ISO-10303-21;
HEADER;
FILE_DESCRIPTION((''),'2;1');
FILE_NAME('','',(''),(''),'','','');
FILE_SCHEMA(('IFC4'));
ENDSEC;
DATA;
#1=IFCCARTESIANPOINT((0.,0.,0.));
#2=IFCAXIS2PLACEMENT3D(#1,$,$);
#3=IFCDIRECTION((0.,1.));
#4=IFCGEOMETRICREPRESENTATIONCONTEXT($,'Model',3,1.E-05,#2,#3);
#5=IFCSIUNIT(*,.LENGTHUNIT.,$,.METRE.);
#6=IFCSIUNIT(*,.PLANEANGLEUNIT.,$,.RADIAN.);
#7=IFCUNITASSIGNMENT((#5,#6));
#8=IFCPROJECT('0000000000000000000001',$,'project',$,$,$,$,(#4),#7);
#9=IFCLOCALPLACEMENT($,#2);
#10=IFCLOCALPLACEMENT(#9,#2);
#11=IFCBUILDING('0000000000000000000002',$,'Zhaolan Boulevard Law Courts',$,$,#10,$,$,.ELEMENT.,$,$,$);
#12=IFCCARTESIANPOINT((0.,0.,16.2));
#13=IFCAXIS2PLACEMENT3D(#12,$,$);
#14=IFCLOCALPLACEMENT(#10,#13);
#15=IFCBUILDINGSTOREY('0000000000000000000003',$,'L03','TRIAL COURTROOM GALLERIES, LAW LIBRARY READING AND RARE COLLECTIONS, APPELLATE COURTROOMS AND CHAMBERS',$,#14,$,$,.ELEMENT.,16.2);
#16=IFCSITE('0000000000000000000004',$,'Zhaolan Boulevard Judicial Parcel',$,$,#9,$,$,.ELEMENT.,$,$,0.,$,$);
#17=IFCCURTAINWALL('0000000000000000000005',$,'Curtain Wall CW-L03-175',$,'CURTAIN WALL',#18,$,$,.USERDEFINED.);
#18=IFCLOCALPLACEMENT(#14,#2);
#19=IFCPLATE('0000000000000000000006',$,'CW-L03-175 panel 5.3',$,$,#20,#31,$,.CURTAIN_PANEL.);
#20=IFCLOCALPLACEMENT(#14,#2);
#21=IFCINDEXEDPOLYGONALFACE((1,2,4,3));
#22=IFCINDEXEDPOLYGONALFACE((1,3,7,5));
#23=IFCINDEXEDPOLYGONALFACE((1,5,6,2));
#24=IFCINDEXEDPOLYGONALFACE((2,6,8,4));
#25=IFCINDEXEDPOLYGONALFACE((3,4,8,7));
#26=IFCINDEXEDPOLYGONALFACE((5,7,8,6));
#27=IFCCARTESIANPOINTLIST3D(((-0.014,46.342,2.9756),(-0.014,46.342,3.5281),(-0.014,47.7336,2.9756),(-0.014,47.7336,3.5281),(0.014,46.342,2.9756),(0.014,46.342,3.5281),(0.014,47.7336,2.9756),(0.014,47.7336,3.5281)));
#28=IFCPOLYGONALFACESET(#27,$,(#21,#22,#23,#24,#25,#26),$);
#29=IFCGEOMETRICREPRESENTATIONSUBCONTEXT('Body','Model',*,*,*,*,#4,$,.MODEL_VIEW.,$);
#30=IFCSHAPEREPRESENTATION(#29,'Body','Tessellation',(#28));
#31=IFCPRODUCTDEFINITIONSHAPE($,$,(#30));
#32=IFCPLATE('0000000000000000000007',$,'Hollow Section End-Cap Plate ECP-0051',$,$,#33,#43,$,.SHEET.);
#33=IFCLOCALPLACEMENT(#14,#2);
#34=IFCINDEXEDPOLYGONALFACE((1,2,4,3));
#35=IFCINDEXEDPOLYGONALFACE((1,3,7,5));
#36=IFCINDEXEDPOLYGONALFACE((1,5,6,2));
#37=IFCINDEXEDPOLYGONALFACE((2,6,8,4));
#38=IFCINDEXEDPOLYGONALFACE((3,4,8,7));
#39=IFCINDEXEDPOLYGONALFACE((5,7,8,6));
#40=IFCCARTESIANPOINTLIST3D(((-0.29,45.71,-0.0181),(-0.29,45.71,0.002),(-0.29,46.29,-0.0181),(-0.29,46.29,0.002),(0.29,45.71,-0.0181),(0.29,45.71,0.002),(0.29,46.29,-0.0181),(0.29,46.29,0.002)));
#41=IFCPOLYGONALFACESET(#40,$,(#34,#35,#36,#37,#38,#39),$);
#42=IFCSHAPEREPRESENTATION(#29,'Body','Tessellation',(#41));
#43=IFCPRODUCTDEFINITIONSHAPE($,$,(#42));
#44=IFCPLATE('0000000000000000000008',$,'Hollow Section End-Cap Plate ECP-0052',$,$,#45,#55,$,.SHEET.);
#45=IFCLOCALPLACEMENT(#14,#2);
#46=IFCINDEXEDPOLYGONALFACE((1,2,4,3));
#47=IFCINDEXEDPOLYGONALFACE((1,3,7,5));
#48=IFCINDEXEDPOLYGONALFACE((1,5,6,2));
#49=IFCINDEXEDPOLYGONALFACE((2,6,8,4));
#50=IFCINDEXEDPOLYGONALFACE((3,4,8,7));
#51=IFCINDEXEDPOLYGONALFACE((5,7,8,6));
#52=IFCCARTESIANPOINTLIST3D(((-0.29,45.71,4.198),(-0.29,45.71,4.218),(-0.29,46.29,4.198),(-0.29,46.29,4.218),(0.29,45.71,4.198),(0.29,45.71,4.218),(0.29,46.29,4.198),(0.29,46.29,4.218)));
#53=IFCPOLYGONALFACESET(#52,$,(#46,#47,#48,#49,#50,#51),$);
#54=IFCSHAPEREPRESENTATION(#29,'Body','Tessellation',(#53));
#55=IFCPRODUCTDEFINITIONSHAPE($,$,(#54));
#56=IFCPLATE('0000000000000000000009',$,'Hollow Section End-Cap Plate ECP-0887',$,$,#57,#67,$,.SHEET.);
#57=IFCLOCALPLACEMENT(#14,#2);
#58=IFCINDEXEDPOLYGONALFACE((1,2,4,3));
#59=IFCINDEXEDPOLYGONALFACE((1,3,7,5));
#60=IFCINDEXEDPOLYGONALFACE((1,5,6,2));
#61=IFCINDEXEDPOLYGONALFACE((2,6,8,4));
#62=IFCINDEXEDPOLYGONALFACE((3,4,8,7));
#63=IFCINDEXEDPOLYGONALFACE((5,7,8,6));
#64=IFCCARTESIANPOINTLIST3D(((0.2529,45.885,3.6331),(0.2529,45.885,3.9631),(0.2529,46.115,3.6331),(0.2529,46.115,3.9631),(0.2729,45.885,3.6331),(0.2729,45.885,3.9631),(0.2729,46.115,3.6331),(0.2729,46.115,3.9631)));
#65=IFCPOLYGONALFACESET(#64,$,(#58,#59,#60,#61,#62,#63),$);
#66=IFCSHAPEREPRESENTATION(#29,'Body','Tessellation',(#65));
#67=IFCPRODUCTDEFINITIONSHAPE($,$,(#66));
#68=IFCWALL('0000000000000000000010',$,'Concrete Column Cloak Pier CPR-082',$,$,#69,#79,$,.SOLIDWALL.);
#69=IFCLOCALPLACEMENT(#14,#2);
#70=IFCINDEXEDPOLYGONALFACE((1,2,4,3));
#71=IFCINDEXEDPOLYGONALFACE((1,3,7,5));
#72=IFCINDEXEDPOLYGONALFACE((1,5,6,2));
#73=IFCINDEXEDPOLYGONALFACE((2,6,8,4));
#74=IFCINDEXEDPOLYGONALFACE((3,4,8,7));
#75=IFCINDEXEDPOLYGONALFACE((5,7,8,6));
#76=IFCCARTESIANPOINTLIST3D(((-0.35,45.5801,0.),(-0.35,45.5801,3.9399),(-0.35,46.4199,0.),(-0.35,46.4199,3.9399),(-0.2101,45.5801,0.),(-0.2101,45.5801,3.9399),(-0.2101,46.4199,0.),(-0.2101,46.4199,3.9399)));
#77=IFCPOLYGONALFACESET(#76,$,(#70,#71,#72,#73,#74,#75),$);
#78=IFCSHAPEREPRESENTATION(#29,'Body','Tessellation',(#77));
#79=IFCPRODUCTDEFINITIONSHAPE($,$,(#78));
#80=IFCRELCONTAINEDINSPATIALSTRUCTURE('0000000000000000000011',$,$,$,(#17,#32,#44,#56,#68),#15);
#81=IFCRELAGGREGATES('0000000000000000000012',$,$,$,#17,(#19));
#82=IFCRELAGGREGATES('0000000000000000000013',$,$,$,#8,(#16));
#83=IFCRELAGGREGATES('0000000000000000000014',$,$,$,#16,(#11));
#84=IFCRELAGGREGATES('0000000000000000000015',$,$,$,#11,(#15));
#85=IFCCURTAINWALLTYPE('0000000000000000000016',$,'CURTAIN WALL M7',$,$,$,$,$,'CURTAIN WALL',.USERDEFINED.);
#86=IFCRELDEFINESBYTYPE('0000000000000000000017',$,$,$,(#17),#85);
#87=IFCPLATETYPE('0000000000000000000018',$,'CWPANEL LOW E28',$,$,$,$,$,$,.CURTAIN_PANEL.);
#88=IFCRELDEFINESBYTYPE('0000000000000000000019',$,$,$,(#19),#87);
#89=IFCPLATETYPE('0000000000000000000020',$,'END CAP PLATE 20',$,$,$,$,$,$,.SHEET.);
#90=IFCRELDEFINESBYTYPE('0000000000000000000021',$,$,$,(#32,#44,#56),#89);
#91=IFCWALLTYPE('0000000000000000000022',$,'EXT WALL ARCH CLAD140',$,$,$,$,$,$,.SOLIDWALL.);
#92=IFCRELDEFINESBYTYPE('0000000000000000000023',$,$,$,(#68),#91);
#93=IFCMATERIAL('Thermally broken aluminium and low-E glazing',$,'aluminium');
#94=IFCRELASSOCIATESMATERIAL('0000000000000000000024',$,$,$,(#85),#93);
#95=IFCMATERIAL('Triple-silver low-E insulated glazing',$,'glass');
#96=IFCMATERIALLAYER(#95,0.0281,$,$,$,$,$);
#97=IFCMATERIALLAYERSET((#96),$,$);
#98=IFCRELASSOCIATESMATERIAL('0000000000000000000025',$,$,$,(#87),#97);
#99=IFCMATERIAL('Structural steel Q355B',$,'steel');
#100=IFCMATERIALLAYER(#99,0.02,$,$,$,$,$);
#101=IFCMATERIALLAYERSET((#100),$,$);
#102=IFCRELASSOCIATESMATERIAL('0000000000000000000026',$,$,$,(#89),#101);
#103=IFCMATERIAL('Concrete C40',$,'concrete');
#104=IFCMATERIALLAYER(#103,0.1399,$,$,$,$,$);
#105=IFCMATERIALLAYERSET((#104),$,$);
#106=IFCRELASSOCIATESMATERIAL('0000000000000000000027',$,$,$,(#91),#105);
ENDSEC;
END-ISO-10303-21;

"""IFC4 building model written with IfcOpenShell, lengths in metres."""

from ifc_helpers import new_model, si_unit, direction, frame, frame_2d, origin, origin_2d, place, context, subcontext, project, spatial, rectangle, extrude, material, layer, layer_set, type_object, element, aggregate, save


model = new_model("IFC4")

# Units and contexts
model_context = context("Model", 3, precision=1e-05, world=origin(), true_north=direction((0.0, 1.0)))
body_context = subcontext(model_context, "Body", "Model", "MODEL_VIEW")
ifc_project = project(units=[si_unit("LENGTHUNIT", "METRE"), si_unit("PLANEANGLEUNIT", "RADIAN")], contexts=[model_context])

# Site, building, storey
site_placement = place(None, origin())
site = spatial("IfcSite", under=ifc_project, at=site_placement, Name="Zhaolan Boulevard Judicial Parcel", CompositionType="ELEMENT", RefElevation=0.0)
building_placement = place(site_placement, origin())
building = spatial("IfcBuilding", under=site, at=building_placement, Name="Zhaolan Boulevard Law Courts", CompositionType="ELEMENT")
storey_placement = place(building_placement, frame((0.0, 0.0, 16.2)))
storey = spatial("IfcBuildingStorey", under=building, at=storey_placement, Name="L03", Description="TRIAL COURTROOM GALLERIES, LAW LIBRARY READING AND RARE COLLECTIONS, APPELLATE COURTROOMS AND CHAMBERS", CompositionType="ELEMENT", Elevation=16.2)

# Curtain wall
ifc_material_1 = material(Name="Thermally broken aluminium and low-E glazing", Category="aluminium")
curtain_wall_type_1 = type_object("IfcCurtainWallType", Name="CURTAIN WALL M7", ElementType="CURTAIN WALL", PredefinedType="USERDEFINED", material=ifc_material_1)
curtain_wall_1_placement = place(storey_placement, origin())
curtain_wall_1 = element("IfcCurtainWall", 1, at=curtain_wall_1_placement, inside=storey, type_object=curtain_wall_type_1, Name="Curtain Wall CW-L03-175", ObjectType="CURTAIN WALL", PredefinedType="USERDEFINED")

# Plate
ifc_material_2 = material(Name="Triple-silver low-E insulated glazing", Category="glass")
ifc_layer_1 = layer(ifc_material_2, 0.0281)
ifc_layer_set_1 = layer_set([ifc_layer_1])
plate_type_1 = type_object("IfcPlateType", Name="CWPANEL LOW E28", PredefinedType="CURTAIN_PANEL", material=ifc_layer_set_1)
plate_1_placement = place(storey_placement, frame((0.0, 47.0378, 2.9756), z_axis=(0.0, 0.0, 1.0), x_axis=(0.0, -1.0, 0.0)))
plate_1 = element("IfcPlate", 2, at=plate_1_placement, type_object=plate_type_1, Name="CW-L03-175 panel 5.3", PredefinedType="CURTAIN_PANEL", context=body_context, shape_type="SweptSolid", body=[
    extrude(rectangle(XDim=1.3916, YDim=0.0281, at=origin_2d()), origin(), (0.0, 0.0, 1.0), 0.5525),
])
aggregate(curtain_wall_1, [plate_1])

# Plates
ifc_material_3 = material(Name="Structural steel Q355B", Category="steel")
ifc_layer_2 = layer(ifc_material_3, 0.02)
ifc_layer_set_2 = layer_set([ifc_layer_2])
plate_type_2 = type_object("IfcPlateType", Name="END CAP PLATE 20", PredefinedType="SHEET", material=ifc_layer_set_2)
for number, where, z_axis, x_axis, name in (
    (3, (0.0, 46.0, -0.0181), (0.0, 0.0, 1.0), (1.0, 0.0, 0.0), "Hollow Section End-Cap Plate ECP-0051"),
    (4, (0.0, 46.0, 4.198), (0.0, 0.0, 1.0), (1.0, 0.0, 0.0), "Hollow Section End-Cap Plate ECP-0052"),
):
    element("IfcPlate", number, at=place(storey_placement, frame(where, z_axis=z_axis, x_axis=x_axis)), inside=storey, type_object=plate_type_2, Name=name, PredefinedType="SHEET", context=body_context, shape_type="SweptSolid", body=[
        extrude(rectangle(XDim=0.5801, YDim=0.5801, at=origin_2d()), origin(), (0.0, 0.0, 1.0), 0.02),
    ])
plate_2_placement = place(storey_placement, frame((0.2629, 46.0, 3.6331), z_axis=(0.0, 0.0, 1.0), x_axis=(1.0, 0.0, 0.0)))
element("IfcPlate", 5, at=plate_2_placement, inside=storey, type_object=plate_type_2, Name="Hollow Section End-Cap Plate ECP-0887", PredefinedType="SHEET", context=body_context, shape_type="SweptSolid", body=[
    extrude(rectangle(XDim=0.02, YDim=0.23, at=origin_2d()), origin(), (0.0, 0.0, 1.0), 0.3301),
])

# Wall
ifc_material_4 = material(Name="Concrete C40", Category="concrete")
ifc_layer_3 = layer(ifc_material_4, 0.1399)
ifc_layer_set_3 = layer_set([ifc_layer_3])
wall_type = type_object("IfcWallType", Name="EXT WALL ARCH CLAD140", PredefinedType="SOLIDWALL", material=ifc_layer_set_3)
wall_placement = place(storey_placement, frame((-0.28, 45.5801, 0.0), z_axis=(0.0, 0.0, 1.0), x_axis=(0.0, 1.0, 0.0)))
element("IfcWall", 6, at=wall_placement, inside=storey, type_object=wall_type, Name="Concrete Column Cloak Pier CPR-082", PredefinedType="SOLIDWALL", context=body_context, shape_type="SweptSolid", body=[
    extrude(rectangle(XDim=0.8398, YDim=0.1399, at=frame_2d((0.4199, 0.0))), origin(), (0.0, 0.0, 1.0), 3.9399),
])

save(model, "model.ifc")
